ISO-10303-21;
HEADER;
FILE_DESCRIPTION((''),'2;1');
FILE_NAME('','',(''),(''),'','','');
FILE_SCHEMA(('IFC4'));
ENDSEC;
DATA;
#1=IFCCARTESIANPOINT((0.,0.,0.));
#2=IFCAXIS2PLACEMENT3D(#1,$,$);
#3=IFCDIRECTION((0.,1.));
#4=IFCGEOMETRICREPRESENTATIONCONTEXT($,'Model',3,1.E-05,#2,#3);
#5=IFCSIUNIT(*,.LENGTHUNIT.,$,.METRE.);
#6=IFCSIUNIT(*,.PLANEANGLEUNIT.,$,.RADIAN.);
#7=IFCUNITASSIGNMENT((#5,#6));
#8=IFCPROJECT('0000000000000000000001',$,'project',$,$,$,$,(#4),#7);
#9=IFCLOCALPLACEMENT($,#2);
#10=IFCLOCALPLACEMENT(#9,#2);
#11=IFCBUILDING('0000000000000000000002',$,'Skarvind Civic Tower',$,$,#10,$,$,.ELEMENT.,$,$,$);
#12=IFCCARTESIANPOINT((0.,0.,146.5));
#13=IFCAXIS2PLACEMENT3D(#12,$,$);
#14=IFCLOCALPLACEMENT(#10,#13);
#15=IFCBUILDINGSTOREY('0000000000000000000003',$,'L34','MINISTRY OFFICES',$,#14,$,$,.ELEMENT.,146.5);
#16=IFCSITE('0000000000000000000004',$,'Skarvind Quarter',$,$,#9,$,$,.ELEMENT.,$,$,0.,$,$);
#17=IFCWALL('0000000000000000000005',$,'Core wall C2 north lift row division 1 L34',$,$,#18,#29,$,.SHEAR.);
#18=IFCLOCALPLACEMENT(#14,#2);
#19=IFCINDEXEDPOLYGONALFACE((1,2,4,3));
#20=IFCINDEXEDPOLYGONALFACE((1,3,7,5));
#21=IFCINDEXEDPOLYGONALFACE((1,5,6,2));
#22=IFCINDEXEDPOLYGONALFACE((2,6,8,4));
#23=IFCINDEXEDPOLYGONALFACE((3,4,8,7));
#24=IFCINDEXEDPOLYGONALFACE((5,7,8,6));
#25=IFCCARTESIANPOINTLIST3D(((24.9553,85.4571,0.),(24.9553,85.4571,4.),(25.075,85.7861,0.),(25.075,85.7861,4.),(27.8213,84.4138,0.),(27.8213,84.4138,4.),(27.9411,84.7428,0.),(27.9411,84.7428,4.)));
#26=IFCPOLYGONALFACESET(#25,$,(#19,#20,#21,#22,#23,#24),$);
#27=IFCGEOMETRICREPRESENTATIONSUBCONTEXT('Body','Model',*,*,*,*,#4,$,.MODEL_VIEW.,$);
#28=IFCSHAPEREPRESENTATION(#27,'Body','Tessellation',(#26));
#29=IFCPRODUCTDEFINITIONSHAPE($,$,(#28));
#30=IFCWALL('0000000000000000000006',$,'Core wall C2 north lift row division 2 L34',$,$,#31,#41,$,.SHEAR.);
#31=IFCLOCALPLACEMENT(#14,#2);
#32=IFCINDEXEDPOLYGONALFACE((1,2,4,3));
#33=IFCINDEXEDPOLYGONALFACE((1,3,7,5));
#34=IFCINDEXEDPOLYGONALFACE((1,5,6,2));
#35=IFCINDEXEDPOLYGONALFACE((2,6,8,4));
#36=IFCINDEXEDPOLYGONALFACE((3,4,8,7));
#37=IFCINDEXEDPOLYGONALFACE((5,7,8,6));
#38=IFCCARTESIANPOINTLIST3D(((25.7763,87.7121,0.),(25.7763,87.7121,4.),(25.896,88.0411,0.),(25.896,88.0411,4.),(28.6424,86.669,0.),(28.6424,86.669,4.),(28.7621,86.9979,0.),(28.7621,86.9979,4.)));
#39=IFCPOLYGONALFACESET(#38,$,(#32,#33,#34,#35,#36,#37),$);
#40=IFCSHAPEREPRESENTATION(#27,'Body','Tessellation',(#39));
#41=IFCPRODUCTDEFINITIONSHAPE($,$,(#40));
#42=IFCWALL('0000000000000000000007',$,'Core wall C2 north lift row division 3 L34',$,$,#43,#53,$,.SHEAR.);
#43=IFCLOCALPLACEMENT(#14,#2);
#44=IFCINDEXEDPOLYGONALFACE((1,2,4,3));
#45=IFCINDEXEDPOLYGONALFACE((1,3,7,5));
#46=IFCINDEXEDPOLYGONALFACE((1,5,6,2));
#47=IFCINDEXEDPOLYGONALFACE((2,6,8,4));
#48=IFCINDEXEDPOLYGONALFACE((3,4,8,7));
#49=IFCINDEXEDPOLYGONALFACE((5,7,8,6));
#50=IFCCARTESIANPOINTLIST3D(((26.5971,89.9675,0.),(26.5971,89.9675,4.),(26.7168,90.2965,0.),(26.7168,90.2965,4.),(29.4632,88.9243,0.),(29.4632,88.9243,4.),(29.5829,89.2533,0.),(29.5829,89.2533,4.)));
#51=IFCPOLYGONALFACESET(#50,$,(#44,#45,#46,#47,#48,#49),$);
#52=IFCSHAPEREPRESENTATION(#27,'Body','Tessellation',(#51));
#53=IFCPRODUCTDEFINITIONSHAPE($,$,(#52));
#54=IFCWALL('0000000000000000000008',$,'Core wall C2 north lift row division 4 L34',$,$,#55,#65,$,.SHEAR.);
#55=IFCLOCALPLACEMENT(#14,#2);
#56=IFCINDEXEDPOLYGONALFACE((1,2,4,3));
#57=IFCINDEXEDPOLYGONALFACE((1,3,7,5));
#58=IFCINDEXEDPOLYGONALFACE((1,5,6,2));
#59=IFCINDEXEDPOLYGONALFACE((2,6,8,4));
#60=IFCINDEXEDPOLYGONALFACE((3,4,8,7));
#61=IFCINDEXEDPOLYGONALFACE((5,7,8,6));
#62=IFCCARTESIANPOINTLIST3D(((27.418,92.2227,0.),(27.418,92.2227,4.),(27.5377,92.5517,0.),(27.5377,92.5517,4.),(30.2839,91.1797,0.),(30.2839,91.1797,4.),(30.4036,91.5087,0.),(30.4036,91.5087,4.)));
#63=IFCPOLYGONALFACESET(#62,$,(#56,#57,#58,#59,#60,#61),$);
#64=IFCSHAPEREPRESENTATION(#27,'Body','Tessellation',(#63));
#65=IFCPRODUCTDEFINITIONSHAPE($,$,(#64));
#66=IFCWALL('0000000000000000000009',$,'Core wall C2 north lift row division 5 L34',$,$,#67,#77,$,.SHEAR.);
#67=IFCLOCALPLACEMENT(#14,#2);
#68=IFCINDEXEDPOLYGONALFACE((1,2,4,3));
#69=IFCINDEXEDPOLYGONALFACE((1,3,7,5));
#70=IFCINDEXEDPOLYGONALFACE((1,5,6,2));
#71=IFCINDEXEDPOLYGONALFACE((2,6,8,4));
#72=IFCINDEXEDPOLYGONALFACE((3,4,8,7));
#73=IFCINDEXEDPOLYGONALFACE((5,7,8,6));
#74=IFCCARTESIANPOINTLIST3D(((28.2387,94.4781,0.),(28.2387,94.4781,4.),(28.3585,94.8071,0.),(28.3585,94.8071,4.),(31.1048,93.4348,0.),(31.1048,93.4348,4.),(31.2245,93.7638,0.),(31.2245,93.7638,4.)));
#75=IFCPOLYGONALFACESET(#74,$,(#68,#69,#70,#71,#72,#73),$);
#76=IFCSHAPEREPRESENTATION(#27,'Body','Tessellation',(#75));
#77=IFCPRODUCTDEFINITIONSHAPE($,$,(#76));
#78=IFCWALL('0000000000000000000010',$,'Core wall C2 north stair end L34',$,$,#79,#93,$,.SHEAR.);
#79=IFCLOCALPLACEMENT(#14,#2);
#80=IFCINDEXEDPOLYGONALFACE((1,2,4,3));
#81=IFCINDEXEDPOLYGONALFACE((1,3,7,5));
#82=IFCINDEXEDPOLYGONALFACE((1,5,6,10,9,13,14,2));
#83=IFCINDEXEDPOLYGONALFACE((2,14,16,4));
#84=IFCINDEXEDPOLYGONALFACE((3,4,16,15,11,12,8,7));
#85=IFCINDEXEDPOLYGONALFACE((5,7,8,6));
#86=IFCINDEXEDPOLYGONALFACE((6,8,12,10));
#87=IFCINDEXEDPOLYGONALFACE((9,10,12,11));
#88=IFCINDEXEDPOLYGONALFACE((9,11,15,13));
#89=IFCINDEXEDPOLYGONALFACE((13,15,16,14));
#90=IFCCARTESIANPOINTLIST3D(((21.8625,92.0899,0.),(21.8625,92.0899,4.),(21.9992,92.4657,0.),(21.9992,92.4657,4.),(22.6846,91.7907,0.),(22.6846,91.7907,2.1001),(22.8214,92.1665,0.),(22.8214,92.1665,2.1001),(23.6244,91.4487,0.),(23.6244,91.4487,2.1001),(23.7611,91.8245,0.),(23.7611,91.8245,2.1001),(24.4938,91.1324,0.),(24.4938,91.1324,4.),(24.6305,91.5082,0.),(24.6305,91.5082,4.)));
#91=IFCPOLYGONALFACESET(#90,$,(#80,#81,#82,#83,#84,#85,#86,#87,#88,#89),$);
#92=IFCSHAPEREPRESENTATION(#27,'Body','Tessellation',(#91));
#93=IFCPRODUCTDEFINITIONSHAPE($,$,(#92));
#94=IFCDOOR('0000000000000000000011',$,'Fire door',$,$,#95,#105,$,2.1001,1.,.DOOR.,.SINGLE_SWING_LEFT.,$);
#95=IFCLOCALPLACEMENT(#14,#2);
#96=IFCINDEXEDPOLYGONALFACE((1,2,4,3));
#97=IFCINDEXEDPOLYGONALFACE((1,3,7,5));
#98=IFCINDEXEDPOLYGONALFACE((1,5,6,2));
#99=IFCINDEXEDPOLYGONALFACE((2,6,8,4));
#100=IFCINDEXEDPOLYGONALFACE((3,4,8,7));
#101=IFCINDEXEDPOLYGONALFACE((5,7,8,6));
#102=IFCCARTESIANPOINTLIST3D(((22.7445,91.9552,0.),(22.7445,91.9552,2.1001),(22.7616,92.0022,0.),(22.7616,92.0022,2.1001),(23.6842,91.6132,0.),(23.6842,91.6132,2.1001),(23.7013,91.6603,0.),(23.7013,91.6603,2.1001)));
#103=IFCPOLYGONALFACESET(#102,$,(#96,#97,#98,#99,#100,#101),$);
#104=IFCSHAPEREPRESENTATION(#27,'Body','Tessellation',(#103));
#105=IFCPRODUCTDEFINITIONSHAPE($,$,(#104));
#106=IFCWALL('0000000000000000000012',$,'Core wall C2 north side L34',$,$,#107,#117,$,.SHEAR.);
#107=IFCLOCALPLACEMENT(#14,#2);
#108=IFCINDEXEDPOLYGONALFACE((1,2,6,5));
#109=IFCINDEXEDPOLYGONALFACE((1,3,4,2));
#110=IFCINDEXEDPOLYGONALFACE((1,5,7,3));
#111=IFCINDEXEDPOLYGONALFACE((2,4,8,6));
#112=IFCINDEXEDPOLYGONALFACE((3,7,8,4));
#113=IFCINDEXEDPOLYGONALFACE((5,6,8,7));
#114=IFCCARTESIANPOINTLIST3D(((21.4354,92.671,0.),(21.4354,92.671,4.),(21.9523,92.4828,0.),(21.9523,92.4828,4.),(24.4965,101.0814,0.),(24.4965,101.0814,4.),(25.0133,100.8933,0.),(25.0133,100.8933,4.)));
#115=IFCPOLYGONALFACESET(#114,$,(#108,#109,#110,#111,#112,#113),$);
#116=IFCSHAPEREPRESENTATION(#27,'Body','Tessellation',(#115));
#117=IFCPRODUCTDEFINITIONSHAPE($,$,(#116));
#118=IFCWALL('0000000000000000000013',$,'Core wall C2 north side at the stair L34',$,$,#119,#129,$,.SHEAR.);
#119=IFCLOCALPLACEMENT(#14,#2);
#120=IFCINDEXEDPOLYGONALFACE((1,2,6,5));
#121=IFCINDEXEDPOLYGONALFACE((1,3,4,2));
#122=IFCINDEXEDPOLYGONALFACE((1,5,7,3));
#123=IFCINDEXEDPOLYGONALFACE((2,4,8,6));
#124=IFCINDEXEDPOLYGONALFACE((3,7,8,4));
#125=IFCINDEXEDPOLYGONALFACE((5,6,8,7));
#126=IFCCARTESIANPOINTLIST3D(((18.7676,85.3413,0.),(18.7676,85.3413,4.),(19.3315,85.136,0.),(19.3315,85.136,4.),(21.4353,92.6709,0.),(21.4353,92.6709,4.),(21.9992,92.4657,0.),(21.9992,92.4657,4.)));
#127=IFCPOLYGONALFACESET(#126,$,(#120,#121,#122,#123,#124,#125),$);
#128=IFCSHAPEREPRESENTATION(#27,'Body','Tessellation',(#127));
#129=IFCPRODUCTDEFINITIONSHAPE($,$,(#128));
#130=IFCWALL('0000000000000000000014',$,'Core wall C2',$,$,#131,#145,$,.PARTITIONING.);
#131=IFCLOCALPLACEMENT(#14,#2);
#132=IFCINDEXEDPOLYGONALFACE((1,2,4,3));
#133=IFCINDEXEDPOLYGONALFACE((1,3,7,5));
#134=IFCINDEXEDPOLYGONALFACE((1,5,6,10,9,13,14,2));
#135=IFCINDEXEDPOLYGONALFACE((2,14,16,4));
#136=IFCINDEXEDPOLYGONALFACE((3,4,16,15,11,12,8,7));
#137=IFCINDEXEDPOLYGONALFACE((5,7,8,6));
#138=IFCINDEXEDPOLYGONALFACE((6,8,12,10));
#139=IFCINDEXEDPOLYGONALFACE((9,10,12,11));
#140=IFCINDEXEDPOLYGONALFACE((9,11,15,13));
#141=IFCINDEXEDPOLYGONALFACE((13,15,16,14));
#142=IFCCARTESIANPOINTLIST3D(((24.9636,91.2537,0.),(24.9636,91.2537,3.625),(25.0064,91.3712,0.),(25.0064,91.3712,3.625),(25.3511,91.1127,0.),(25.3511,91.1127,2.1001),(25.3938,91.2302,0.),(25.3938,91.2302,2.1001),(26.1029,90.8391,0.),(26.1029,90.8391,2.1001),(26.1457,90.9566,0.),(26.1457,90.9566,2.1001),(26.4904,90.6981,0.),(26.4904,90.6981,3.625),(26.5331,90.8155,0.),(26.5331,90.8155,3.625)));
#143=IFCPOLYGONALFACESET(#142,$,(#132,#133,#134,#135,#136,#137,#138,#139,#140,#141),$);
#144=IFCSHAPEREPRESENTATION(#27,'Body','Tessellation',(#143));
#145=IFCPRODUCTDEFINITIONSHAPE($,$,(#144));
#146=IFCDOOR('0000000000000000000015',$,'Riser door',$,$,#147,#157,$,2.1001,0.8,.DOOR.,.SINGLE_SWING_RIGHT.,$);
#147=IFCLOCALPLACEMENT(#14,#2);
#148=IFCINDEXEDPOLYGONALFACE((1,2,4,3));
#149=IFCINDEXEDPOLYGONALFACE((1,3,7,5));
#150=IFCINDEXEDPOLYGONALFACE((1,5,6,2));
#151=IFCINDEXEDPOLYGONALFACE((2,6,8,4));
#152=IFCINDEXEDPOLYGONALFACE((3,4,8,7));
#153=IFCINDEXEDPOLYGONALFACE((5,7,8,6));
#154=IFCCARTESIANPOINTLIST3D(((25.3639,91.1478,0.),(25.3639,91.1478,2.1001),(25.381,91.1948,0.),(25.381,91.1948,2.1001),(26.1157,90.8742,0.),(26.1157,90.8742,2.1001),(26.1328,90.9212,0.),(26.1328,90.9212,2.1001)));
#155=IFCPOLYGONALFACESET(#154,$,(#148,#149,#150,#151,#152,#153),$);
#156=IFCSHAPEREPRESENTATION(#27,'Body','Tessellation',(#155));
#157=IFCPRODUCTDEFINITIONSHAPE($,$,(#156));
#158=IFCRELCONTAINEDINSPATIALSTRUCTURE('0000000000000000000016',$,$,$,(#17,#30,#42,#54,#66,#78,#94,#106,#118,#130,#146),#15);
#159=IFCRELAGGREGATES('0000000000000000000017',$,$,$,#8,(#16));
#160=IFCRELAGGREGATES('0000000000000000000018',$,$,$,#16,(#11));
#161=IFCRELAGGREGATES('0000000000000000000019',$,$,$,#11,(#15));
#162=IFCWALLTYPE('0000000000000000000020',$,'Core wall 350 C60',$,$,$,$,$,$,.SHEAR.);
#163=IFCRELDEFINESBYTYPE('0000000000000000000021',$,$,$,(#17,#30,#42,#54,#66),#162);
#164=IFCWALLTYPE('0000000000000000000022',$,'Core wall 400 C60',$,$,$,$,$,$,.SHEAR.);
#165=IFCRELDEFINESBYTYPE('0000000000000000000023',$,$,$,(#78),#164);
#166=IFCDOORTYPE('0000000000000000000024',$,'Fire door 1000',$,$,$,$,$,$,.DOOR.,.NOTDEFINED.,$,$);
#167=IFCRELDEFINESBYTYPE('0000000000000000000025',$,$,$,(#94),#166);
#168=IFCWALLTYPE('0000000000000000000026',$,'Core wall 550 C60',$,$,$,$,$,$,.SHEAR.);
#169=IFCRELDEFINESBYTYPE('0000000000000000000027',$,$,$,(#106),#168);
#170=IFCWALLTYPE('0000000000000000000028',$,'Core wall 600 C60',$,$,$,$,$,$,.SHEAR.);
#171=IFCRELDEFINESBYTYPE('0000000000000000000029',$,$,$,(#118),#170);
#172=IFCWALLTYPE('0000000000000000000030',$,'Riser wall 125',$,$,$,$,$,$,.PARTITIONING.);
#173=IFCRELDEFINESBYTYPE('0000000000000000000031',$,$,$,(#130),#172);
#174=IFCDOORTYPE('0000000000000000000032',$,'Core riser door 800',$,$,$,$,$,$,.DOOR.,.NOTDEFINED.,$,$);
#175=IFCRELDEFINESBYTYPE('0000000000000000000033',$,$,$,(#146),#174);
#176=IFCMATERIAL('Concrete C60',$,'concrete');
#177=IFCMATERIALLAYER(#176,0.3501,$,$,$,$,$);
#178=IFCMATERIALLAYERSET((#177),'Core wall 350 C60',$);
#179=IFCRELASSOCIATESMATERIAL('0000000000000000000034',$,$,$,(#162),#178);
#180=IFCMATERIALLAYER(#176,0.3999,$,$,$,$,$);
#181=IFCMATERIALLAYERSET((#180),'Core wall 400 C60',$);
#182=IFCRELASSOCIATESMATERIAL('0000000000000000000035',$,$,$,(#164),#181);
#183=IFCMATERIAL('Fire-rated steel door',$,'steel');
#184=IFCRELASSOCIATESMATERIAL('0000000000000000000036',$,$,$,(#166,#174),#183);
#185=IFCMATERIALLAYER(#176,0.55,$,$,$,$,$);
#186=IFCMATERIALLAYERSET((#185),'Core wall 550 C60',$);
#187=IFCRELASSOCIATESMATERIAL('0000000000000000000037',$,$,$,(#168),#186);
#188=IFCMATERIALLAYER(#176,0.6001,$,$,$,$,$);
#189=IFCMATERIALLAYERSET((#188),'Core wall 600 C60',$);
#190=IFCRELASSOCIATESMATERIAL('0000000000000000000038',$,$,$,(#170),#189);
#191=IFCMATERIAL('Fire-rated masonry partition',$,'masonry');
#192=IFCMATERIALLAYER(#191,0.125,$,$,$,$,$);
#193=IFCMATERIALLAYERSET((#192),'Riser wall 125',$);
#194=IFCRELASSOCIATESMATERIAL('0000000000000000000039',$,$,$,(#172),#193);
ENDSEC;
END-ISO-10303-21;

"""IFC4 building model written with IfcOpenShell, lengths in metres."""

from ifc_helpers import new_model, si_unit, direction, frame, frame_2d, origin, place, context, subcontext, project, spatial, rectangle, extrude, material, layer, layer_set, type_object, element, fill, save


model = new_model("IFC4")

# Units and contexts
model_context = context("Model", 3, precision=1e-05, world=origin(), true_north=direction((0.0, 1.0)))
body_context = subcontext(model_context, "Body", "Model", "MODEL_VIEW")
ifc_project = project(units=[si_unit("LENGTHUNIT", "METRE"), si_unit("PLANEANGLEUNIT", "RADIAN")], contexts=[model_context])

# Site, building, storey
site_placement = place(None, origin())
site = spatial("IfcSite", under=ifc_project, at=site_placement, Name="Skarvind Quarter", CompositionType="ELEMENT", RefElevation=0.0)
building_placement = place(site_placement, origin())
building = spatial("IfcBuilding", under=site, at=building_placement, Name="Skarvind Civic Tower", CompositionType="ELEMENT")
storey_placement = place(building_placement, frame((0.0, 0.0, 146.5)))
storey = spatial("IfcBuildingStorey", under=building, at=storey_placement, Name="L34", Description="MINISTRY OFFICES", CompositionType="ELEMENT", Elevation=146.5)

# Walls
ifc_material_1 = material(Name="Concrete C60", Category="concrete")
ifc_layer_1 = layer(ifc_material_1, 0.3501)
ifc_layer_set_1 = layer_set([ifc_layer_1], Name="Core wall 350 C60")
wall_type_1 = type_object("IfcWallType", Name="Core wall 350 C60", PredefinedType="SHEAR", material=ifc_layer_set_1)
for number, where, z_axis, x_axis, name in (
    (1, (27.8811, 84.5784, 0.0), (0.0, 0.0, 1.0), (-0.939684, 0.342045, 0.0), "Core wall C2 north lift row division 1 L34"),
    (2, (28.7021, 86.8335, 0.0), (0.0, 0.0, 1.0), (-0.939693, 0.342019, 0.0), "Core wall C2 north lift row division 2 L34"),
    (3, (29.5229, 89.0889, 0.0), (0.0, 0.0, 1.0), (-0.939693, 0.342019, 0.0), "Core wall C2 north lift row division 3 L34"),
):
    element("IfcWall", number, at=place(storey_placement, frame(where, z_axis=z_axis, x_axis=x_axis)), inside=storey, type_object=wall_type_1, Name=name, PredefinedType="SHEAR", context=body_context, shape_type="SweptSolid", body=[
        extrude(rectangle(XDim=3.05, YDim=0.3501, at=frame_2d((1.5249, 0.0))), origin(), (0.0, 0.0, 1.0), 4.0),
    ])
wall_1_placement = place(storey_placement, frame((30.3438, 91.3442, 0.0), z_axis=(0.0, 0.0, 1.0), x_axis=(-0.939709, 0.341974, 0.0)))
element("IfcWall", 4, at=wall_1_placement, inside=storey, type_object=wall_type_1, Name="Core wall C2 north lift row division 4 L34", PredefinedType="SHEAR", context=body_context, shape_type="SweptSolid", body=[
    extrude(rectangle(XDim=3.0498, YDim=0.3501, at=frame_2d((1.5249, 0.0))), origin(), (0.0, 0.0, 1.0), 4.0),
])
wall_2_placement = place(storey_placement, frame((31.1646, 93.5994, 0.0), z_axis=(0.0, 0.0, 1.0), x_axis=(-0.939684, 0.342045, 0.0)))
element("IfcWall", 5, at=wall_2_placement, inside=storey, type_object=wall_type_1, Name="Core wall C2 north lift row division 5 L34", PredefinedType="SHEAR", context=body_context, shape_type="SweptSolid", body=[
    extrude(rectangle(XDim=3.05, YDim=0.3501, at=frame_2d((1.5249, 0.0))), origin(), (0.0, 0.0, 1.0), 4.0),
])

# Wall, opening, door
ifc_layer_2 = layer(ifc_material_1, 0.3999)
ifc_layer_set_2 = layer_set([ifc_layer_2], Name="Core wall 400 C60")
wall_type_2 = type_object("IfcWallType", Name="Core wall 400 C60", PredefinedType="SHEAR", material=ifc_layer_set_2)
wall_3_placement = place(storey_placement, frame((24.562, 91.3203, 0.0), z_axis=(0.0, 0.0, 1.0), x_axis=(-0.939717, 0.341953, 0.0)))
wall_3 = element("IfcWall", 6, at=wall_3_placement, inside=storey, type_object=wall_type_2, Name="Core wall C2 north stair end L34", PredefinedType="SHEAR", context=body_context, shape_type="SweptSolid", body=[
    extrude(rectangle(XDim=2.8, YDim=0.3999, at=frame_2d((1.3999, 0.0))), origin(), (0.0, 0.0, 1.0), 4.0),
])
opening_1_placement = place(wall_3_placement, frame((0.925, 0.0, 0.0)))
opening_1 = element("IfcOpeningElement", 7, at=opening_1_placement, cuts=wall_3, PredefinedType="OPENING", context=body_context, shape_type="SweptSolid", body=[
    extrude(rectangle(XDim=1.0, YDim=2.1001, at=frame_2d((0.5, 1.05))), frame((0.0, 0.21, 0.0), z_axis=(0.0, -1.0, 0.0), x_axis=(1.0, 0.0, 0.0)), (0.0, 0.0, 1.0), 0.4199),
])
ifc_material_2 = material(Name="Fire-rated steel door", Category="steel")
door_type_1 = type_object("IfcDoorType", Name="Fire door 1000", OperationType="NOTDEFINED", PredefinedType="DOOR", material=ifc_material_2)
door_1_placement = place(opening_1_placement, origin())
door_1 = element("IfcDoor", 8, at=door_1_placement, inside=storey, type_object=door_type_1, Name="Fire door", OperationType="SINGLE_SWING_LEFT", OverallHeight=2.1001, OverallWidth=1.0, PredefinedType="DOOR", context=body_context, shape_type="SweptSolid", body=[
    extrude(rectangle(XDim=1.0, YDim=2.1001, at=frame_2d((0.5, 1.05))), frame((0.0, 0.0249, 0.0), z_axis=(0.0, -1.0, 0.0), x_axis=(1.0, 0.0, 0.0)), (0.0, 0.0, 1.0), 0.05),
])
fill(opening_1, door_1)

# Walls
ifc_layer_3 = layer(ifc_material_1, 0.55)
ifc_layer_set_3 = layer_set([ifc_layer_3], Name="Core wall 550 C60")
wall_type_3 = type_object("IfcWallType", Name="Core wall 550 C60", PredefinedType="SHEAR", material=ifc_layer_set_3)
wall_4_placement = place(storey_placement, frame((21.6938, 92.5769, 0.0), z_axis=(0.0, 0.0, 1.0), x_axis=(0.34201, 0.939696, 0.0)))
element("IfcWall", 9, at=wall_4_placement, inside=storey, type_object=wall_type_3, Name="Core wall C2 north side L34", PredefinedType="SHEAR", context=body_context, shape_type="SweptSolid", body=[
    extrude(rectangle(XDim=8.9502, YDim=0.55, at=frame_2d((4.4751, 0.0))), origin(), (0.0, 0.0, 1.0), 4.0),
])
ifc_layer_4 = layer(ifc_material_1, 0.6001)
ifc_layer_set_4 = layer_set([ifc_layer_4], Name="Core wall 600 C60")
wall_type_4 = type_object("IfcWallType", Name="Core wall 600 C60", PredefinedType="SHEAR", material=ifc_layer_set_4)
wall_5_placement = place(storey_placement, frame((19.0496, 85.2388, 0.0), z_axis=(0.0, 0.0, 1.0), x_axis=(0.342017, 0.939694, 0.0)))
element("IfcWall", 10, at=wall_5_placement, inside=storey, type_object=wall_type_4, Name="Core wall C2 north side at the stair L34", PredefinedType="SHEAR", context=body_context, shape_type="SweptSolid", body=[
    extrude(rectangle(XDim=7.8, YDim=0.6001, at=frame_2d((3.8999, 0.0))), origin(), (0.0, 0.0, 1.0), 4.0),
])

# Wall, opening, door
ifc_material_3 = material(Name="Fire-rated masonry partition", Category="masonry")
ifc_layer_5 = layer(ifc_material_3, 0.125)
ifc_layer_set_5 = layer_set([ifc_layer_5], Name="Riser wall 125")
wall_type_5 = type_object("IfcWallType", Name="Riser wall 125", PredefinedType="PARTITIONING", material=ifc_layer_set_5)
wall_6_placement = place(storey_placement, frame((24.9849, 91.3125, 0.0), z_axis=(0.0, 0.0, 1.0), x_axis=(0.939706, -0.341984, 0.0)))
wall_6 = element("IfcWall", 11, at=wall_6_placement, inside=storey, type_object=wall_type_5, Name="Core wall C2", PredefinedType="PARTITIONING", context=body_context, shape_type="SweptSolid", body=[
    extrude(rectangle(XDim=1.6248, YDim=0.125, at=frame_2d((0.8125, 0.0))), origin(), (0.0, 0.0, 1.0), 3.625),
])
opening_2_placement = place(wall_6_placement, frame((0.4126, 0.0, 0.0)))
opening_2 = element("IfcOpeningElement", 12, at=opening_2_placement, cuts=wall_6, PredefinedType="OPENING", context=body_context, shape_type="SweptSolid", body=[
    extrude(rectangle(XDim=0.8, YDim=2.1001, at=frame_2d((0.3999, 1.05))), frame((0.0, 0.0725, 0.0), z_axis=(0.0, -1.0, 0.0), x_axis=(1.0, 0.0, 0.0)), (0.0, 0.0, 1.0), 0.145),
])
door_type_2 = type_object("IfcDoorType", Name="Core riser door 800", OperationType="NOTDEFINED", PredefinedType="DOOR", material=ifc_material_2)
door_2_placement = place(opening_2_placement, origin())
door_2 = element("IfcDoor", 13, at=door_2_placement, inside=storey, type_object=door_type_2, Name="Riser door", OperationType="SINGLE_SWING_RIGHT", OverallHeight=2.1001, OverallWidth=0.8, PredefinedType="DOOR", context=body_context, shape_type="SweptSolid", body=[
    extrude(rectangle(XDim=0.8, YDim=2.1001, at=frame_2d((0.3999, 1.05))), frame((0.0, 0.0249, 0.0), z_axis=(0.0, -1.0, 0.0), x_axis=(1.0, 0.0, 0.0)), (0.0, 0.0, 1.0), 0.05),
])
fill(opening_2, door_2)

save(model, "model.ifc")
